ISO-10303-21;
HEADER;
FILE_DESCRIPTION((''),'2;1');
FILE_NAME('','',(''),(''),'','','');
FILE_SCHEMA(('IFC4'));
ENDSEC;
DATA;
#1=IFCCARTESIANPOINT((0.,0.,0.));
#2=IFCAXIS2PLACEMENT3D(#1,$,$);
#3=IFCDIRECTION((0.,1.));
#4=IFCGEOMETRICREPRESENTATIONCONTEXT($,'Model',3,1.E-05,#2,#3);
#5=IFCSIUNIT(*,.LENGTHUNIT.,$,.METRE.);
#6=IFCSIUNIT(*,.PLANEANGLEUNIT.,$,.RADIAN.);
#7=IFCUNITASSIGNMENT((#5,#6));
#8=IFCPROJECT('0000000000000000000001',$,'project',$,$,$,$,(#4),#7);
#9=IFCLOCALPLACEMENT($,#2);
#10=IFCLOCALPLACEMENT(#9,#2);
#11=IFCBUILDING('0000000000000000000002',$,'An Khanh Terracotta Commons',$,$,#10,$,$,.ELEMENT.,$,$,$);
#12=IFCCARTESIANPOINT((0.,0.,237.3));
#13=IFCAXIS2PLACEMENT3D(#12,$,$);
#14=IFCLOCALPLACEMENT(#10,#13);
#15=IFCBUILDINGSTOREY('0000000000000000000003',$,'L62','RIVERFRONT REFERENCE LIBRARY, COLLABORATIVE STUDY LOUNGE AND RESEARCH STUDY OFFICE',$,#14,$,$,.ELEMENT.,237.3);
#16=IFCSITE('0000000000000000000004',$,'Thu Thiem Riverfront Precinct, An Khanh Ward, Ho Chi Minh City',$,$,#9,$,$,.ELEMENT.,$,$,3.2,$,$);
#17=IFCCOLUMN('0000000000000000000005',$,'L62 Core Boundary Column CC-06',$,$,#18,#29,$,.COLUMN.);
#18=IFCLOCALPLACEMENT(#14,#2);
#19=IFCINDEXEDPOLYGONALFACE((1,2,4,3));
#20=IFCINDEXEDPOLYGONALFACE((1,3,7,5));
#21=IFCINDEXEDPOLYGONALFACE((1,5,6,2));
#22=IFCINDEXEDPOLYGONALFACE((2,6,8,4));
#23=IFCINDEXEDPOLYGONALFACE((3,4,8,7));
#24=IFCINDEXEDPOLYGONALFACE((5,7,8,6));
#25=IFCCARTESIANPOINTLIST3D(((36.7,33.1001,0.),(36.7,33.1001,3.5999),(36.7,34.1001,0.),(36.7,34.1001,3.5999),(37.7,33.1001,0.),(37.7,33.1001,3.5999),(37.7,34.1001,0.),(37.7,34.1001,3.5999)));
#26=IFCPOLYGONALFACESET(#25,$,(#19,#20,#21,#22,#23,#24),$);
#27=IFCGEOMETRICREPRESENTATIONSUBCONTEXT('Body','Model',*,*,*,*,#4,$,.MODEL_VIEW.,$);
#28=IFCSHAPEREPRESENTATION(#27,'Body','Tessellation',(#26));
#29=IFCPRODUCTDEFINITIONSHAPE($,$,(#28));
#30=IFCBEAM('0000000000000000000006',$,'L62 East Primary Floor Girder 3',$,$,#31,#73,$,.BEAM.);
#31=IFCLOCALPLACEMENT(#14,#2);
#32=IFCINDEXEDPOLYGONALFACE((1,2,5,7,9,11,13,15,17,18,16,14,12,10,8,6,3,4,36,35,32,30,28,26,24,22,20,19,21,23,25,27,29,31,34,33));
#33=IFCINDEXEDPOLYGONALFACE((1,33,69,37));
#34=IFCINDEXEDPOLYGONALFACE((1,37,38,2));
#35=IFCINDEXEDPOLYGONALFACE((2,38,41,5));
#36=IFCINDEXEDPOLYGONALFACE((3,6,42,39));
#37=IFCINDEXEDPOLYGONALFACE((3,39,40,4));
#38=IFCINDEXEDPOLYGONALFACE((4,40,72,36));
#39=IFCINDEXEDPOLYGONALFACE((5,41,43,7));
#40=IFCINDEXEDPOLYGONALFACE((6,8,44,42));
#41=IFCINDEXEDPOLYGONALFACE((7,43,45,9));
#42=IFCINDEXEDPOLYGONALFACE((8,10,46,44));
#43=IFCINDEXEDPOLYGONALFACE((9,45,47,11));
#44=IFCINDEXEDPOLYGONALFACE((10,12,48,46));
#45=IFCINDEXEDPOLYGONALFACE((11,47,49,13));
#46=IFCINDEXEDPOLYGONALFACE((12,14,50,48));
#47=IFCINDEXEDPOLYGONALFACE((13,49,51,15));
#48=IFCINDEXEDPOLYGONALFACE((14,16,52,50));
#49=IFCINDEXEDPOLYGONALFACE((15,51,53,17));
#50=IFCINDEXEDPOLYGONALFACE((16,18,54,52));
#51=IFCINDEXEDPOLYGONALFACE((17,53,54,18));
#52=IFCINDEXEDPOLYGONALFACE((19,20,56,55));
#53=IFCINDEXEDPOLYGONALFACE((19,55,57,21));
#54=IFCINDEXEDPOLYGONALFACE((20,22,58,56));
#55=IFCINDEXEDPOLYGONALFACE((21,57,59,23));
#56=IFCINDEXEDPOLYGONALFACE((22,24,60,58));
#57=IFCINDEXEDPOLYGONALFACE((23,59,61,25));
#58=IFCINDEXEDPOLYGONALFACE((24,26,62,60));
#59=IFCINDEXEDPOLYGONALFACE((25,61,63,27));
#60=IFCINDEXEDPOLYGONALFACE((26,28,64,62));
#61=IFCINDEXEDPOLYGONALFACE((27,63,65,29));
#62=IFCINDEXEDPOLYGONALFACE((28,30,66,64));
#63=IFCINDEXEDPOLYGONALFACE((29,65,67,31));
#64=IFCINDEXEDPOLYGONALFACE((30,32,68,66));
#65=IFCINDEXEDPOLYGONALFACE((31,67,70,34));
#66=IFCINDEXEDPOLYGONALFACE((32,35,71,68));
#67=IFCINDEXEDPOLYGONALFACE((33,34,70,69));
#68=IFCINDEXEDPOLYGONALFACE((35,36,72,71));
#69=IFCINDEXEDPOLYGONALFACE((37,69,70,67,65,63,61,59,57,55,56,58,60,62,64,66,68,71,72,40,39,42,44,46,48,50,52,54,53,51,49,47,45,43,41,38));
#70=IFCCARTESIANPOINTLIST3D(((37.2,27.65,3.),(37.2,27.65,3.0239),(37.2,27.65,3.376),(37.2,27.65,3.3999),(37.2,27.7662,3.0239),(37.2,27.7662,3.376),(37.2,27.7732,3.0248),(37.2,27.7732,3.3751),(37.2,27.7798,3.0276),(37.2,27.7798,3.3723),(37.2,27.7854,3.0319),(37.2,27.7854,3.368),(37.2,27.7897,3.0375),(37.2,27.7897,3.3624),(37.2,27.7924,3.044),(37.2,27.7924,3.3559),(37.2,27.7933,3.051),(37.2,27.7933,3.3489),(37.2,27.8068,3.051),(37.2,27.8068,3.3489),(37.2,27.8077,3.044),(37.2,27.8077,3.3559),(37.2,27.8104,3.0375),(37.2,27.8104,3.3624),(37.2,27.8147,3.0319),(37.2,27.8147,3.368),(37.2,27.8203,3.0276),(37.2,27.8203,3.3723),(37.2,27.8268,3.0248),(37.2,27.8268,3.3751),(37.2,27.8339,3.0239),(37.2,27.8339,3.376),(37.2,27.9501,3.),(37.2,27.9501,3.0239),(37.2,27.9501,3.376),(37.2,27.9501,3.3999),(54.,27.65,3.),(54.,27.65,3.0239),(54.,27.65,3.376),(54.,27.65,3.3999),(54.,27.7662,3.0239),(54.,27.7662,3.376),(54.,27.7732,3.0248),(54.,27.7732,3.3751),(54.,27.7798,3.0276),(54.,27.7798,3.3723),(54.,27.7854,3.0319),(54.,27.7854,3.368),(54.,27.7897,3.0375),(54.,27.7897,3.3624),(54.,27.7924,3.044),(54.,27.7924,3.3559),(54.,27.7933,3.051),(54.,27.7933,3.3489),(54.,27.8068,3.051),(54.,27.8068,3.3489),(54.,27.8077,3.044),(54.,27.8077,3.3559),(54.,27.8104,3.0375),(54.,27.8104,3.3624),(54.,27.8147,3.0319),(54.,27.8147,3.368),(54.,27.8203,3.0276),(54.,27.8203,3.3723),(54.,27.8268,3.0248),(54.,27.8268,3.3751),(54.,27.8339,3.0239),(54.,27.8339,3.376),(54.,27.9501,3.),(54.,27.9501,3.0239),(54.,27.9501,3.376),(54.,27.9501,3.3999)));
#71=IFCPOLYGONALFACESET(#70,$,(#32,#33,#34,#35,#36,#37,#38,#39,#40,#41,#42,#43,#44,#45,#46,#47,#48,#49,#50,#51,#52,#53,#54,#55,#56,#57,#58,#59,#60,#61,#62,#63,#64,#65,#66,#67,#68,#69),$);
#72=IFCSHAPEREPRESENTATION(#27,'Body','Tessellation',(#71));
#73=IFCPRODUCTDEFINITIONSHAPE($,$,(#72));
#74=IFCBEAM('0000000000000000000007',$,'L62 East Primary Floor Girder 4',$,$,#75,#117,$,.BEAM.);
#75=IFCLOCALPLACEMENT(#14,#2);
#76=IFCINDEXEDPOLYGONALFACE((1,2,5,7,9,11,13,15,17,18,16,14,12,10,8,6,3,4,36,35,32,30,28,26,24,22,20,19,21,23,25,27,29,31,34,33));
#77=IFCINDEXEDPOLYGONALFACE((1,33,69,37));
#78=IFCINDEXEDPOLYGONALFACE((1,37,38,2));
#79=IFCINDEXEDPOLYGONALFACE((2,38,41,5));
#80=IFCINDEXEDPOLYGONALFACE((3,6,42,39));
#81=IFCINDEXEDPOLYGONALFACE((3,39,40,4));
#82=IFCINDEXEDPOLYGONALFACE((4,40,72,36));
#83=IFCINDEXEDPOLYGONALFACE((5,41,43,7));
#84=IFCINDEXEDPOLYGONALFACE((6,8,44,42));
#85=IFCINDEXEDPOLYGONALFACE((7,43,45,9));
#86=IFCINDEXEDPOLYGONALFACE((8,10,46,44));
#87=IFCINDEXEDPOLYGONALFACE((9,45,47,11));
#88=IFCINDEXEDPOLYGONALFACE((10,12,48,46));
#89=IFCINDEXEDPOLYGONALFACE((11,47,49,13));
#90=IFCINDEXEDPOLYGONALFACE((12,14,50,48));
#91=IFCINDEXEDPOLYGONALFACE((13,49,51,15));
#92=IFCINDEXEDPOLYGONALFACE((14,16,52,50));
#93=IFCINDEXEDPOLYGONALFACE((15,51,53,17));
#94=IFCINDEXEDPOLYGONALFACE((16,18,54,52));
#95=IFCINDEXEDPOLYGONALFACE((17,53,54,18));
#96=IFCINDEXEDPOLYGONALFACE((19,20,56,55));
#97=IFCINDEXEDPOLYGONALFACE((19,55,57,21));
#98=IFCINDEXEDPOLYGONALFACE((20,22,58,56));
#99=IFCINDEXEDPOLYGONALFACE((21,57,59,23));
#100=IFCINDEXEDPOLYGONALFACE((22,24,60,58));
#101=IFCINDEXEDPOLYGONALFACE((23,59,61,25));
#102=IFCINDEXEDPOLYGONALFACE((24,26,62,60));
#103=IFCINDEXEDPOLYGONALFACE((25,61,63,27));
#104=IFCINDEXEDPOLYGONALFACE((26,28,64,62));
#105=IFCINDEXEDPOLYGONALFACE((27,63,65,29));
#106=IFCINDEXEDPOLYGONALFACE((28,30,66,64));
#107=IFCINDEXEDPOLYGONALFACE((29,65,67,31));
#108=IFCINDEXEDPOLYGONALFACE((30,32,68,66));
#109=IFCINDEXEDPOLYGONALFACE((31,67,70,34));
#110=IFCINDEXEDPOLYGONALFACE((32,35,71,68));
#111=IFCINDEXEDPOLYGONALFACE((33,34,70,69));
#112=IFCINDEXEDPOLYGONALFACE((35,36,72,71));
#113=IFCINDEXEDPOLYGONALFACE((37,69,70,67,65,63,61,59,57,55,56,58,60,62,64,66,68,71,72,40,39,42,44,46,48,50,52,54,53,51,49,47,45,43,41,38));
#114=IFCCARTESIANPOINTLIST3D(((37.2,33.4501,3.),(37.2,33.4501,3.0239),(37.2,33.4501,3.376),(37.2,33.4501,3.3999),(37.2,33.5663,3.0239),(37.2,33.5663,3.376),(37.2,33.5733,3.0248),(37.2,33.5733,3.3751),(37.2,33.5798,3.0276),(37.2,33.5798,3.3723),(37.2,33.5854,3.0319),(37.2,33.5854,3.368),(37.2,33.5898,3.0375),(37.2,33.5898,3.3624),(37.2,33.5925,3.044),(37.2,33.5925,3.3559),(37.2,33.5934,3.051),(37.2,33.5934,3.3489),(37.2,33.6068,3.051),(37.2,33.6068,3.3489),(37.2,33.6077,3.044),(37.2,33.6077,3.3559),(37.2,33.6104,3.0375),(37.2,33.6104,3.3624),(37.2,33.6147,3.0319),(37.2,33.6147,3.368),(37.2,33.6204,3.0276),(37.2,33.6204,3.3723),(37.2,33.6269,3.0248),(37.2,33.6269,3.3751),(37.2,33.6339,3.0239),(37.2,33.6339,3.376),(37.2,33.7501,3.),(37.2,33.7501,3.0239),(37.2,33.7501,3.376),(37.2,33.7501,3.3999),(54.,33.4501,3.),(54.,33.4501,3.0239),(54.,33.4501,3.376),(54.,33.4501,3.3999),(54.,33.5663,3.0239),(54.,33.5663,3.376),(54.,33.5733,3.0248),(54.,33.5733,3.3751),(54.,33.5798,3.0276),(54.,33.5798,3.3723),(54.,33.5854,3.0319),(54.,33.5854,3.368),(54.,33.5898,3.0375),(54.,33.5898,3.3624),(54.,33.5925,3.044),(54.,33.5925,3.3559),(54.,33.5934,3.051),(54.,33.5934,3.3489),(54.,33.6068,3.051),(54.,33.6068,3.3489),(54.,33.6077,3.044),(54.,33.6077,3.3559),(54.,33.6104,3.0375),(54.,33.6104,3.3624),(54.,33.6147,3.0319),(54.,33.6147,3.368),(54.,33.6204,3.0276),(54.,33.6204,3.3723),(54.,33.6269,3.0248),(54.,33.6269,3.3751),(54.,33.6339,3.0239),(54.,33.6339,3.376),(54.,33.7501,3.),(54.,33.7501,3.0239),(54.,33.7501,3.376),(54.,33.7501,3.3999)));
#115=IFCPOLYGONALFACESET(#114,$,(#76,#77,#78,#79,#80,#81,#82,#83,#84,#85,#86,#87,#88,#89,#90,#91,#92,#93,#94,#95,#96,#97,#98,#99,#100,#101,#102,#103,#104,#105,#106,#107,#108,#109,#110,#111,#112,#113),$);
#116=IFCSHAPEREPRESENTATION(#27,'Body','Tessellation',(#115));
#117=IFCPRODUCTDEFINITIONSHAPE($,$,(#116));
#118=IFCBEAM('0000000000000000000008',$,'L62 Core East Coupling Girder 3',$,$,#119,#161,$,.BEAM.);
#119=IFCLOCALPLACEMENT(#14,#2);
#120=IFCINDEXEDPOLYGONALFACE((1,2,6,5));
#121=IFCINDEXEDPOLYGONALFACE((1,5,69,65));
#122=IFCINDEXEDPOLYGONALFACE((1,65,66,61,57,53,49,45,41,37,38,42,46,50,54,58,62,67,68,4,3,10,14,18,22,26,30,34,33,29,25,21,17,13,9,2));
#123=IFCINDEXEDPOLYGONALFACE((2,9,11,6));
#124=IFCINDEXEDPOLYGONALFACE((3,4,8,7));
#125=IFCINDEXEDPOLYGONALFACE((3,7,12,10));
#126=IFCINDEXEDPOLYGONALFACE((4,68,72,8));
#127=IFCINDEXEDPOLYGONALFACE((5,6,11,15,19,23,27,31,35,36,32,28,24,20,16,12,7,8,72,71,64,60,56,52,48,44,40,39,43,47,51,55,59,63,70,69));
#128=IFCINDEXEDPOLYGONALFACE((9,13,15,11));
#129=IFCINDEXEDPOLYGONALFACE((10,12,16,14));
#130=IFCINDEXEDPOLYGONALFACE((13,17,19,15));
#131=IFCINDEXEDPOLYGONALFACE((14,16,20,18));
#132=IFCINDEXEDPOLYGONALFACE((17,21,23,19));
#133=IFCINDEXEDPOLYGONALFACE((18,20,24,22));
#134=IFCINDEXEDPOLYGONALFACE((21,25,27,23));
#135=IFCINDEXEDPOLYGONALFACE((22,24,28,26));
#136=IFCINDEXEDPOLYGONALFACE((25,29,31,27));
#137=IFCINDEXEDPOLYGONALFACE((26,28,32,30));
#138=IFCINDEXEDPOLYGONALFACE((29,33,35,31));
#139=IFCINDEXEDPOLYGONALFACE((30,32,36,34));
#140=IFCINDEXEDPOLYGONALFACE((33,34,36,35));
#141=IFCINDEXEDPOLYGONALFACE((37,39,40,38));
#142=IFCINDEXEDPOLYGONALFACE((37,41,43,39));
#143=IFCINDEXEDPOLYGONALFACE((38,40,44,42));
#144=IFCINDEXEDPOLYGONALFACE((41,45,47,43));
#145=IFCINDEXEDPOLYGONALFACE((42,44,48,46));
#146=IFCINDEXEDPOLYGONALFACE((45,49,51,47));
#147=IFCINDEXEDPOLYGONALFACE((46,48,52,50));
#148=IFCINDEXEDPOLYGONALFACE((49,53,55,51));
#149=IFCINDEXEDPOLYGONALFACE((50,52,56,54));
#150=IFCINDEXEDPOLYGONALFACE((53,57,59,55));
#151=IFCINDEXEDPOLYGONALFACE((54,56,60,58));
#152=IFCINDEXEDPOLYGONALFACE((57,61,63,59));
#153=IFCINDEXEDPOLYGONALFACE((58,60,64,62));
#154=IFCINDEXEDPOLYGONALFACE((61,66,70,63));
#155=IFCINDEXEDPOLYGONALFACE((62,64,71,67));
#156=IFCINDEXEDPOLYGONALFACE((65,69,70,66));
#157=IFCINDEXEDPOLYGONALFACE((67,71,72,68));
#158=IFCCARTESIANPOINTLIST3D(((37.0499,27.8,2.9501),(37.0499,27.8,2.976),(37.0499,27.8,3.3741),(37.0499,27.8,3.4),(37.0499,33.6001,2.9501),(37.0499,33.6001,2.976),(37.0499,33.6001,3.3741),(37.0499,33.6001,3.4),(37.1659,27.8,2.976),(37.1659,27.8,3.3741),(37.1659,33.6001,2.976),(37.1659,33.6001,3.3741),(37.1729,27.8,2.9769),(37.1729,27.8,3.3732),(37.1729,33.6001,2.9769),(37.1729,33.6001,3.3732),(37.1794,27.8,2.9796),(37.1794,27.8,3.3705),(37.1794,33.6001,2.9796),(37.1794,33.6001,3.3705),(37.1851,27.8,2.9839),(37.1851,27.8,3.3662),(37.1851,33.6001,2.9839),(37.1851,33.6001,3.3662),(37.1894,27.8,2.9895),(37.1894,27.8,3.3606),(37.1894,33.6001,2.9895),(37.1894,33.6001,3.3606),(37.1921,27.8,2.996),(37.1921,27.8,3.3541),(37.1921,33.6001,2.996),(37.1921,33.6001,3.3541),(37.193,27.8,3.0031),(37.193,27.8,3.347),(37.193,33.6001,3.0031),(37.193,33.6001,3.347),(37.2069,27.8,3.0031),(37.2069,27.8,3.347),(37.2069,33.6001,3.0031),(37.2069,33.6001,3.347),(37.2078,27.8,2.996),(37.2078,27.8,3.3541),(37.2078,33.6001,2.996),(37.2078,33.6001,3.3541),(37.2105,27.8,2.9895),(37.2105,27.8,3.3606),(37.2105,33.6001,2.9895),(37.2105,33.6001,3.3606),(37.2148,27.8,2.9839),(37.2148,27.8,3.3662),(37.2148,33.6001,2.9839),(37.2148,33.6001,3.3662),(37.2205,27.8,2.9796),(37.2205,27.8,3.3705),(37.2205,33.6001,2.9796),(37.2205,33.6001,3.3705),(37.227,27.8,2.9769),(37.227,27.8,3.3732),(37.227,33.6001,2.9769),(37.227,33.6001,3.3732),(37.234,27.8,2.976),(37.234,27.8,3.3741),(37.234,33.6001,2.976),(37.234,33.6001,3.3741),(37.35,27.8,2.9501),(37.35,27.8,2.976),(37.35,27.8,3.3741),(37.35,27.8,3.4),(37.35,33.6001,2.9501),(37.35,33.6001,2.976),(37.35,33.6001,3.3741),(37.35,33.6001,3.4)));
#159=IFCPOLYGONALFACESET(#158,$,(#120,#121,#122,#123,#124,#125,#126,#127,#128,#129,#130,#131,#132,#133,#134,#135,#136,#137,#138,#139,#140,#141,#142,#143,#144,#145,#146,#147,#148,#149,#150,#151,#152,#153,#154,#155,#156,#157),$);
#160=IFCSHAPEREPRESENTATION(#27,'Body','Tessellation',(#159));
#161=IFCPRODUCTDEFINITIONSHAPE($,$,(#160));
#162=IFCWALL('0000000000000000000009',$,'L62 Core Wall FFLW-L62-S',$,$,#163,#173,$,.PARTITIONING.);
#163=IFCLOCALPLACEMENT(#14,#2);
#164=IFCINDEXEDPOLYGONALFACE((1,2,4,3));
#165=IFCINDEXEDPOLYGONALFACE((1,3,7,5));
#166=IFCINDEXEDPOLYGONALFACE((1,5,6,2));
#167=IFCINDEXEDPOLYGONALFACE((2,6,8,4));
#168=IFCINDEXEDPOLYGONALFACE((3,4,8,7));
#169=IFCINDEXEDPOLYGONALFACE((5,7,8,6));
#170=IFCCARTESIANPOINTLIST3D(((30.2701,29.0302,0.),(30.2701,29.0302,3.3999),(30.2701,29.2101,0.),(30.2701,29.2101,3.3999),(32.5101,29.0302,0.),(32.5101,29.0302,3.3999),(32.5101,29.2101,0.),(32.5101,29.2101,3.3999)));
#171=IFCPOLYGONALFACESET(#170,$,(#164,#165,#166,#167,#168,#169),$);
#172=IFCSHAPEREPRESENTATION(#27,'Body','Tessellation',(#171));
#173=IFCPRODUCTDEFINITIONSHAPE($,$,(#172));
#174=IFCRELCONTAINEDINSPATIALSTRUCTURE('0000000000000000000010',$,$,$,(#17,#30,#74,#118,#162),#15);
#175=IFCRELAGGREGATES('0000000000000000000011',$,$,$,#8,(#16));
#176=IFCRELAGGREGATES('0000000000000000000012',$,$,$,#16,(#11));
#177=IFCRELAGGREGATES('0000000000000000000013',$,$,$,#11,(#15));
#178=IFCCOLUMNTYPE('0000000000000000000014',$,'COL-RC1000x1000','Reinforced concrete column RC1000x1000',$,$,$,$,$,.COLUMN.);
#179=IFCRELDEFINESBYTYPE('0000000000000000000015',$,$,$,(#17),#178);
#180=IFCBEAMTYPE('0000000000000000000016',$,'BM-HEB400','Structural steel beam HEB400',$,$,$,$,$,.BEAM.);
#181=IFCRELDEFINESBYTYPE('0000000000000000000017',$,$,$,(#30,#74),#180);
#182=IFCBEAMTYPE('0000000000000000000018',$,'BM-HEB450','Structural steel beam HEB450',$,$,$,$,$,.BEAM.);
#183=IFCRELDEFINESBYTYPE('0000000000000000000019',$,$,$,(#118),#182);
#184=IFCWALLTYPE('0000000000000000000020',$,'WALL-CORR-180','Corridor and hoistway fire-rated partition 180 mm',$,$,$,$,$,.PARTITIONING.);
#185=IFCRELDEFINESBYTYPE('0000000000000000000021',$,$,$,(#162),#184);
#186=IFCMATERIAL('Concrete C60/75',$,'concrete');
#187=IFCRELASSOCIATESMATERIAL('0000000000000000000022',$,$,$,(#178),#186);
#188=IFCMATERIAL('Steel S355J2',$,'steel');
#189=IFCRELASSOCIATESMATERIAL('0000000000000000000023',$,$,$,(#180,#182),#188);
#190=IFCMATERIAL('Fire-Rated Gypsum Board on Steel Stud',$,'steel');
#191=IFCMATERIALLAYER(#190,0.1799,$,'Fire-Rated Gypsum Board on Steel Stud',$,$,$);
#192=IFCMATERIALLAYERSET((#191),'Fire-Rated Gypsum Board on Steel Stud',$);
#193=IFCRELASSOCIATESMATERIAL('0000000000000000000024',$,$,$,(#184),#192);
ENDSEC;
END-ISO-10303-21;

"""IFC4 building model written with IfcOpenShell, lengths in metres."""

from ifc_helpers import new_model, si_unit, direction, frame, frame_2d, origin, origin_2d, place, context, subcontext, project, spatial, rectangle, i_section, extrude, material, layer, layer_set, material_profile, profile_set, type_object, element, save


model = new_model("IFC4")

# Units and contexts
model_context = context("Model", 3, precision=1e-05, world=origin(), true_north=direction((0.0, 1.0)))
body_context = subcontext(model_context, "Body", "Model", "MODEL_VIEW")
ifc_project = project(units=[si_unit("LENGTHUNIT", "METRE"), si_unit("PLANEANGLEUNIT", "RADIAN")], contexts=[model_context])

# Site, building, storey
site_placement = place(None, origin())
site = spatial("IfcSite", under=ifc_project, at=site_placement, Name="Thu Thiem Riverfront Precinct, An Khanh Ward, Ho Chi Minh City", CompositionType="ELEMENT", RefElevation=3.2)
building_placement = place(site_placement, origin())
building = spatial("IfcBuilding", under=site, at=building_placement, Name="An Khanh Terracotta Commons", CompositionType="ELEMENT")
storey_placement = place(building_placement, frame((0.0, 0.0, 237.3)))
storey = spatial("IfcBuildingStorey", under=building, at=storey_placement, Name="L62", Description="RIVERFRONT REFERENCE LIBRARY, COLLABORATIVE STUDY LOUNGE AND RESEARCH STUDY OFFICE", CompositionType="ELEMENT", Elevation=237.3)

# Column
ifc_material_1 = material(Name="Concrete C60/75", Category="concrete")
ifc_material_profile_1 = material_profile(ifc_material_1, rectangle(XDim=1.0, YDim=1.0, at=origin_2d()), Name="RC1000x1000")
ifc_profile_set_1 = profile_set([ifc_material_profile_1], Name="Concrete C60/75")
column_type = type_object("IfcColumnType", Name="COL-RC1000x1000", Description="Reinforced concrete column RC1000x1000", PredefinedType="COLUMN", material=ifc_profile_set_1)
column_placement = place(storey_placement, frame((37.2, 33.6001, 0.0), z_axis=(0.0, 0.0, 1.0), x_axis=(1.0, 0.0, 0.0)))
element("IfcColumn", 1, at=column_placement, inside=storey, type_object=column_type, Name="L62 Core Boundary Column CC-06", PredefinedType="COLUMN", context=body_context, shape_type="SweptSolid", body=[
    extrude(rectangle(XDim=1.0, YDim=1.0, at=origin_2d()), origin(), (0.0, 0.0, 1.0), 3.5999),
])

# Beams
ifc_material_2 = material(Name="Steel S355J2", Category="steel")
ifc_material_profile_2 = material_profile(ifc_material_2, i_section(OverallWidth=0.3, OverallDepth=0.3999, WebThickness=0.0134, FlangeThickness=0.0239, FilletRadius=0.0271, at=origin_2d()), Name="HEB400")
ifc_profile_set_2 = profile_set([ifc_material_profile_2], Name="Steel S355J2")
beam_type_1 = type_object("IfcBeamType", Name="BM-HEB400", Description="Structural steel beam HEB400", PredefinedType="BEAM", material=ifc_profile_set_2)
for number, where, z_axis, x_axis, name in (
    (2, (37.2, 27.8, 3.2), (1.0, 0.0, 0.0), (0.0, 1.0, 0.0), "L62 East Primary Floor Girder 3"),
    (3, (37.2, 33.6001, 3.2), (1.0, 0.0, 0.0), (0.0, 1.0, 0.0), "L62 East Primary Floor Girder 4"),
):
    element("IfcBeam", number, at=place(storey_placement, frame(where, z_axis=z_axis, x_axis=x_axis)), inside=storey, type_object=beam_type_1, Name=name, PredefinedType="BEAM", context=body_context, shape_type="SweptSolid", body=[
        extrude(i_section(OverallWidth=0.3, OverallDepth=0.3999, WebThickness=0.0134, FlangeThickness=0.0239, FilletRadius=0.0271, at=origin_2d()), origin(), (0.0, 0.0, 1.0), 16.8),
    ])
ifc_material_profile_3 = material_profile(ifc_material_2, i_section(OverallWidth=0.3, OverallDepth=0.45, WebThickness=0.0139, FlangeThickness=0.0259, FilletRadius=0.0271, at=origin_2d()), Name="HEB450")
ifc_profile_set_3 = profile_set([ifc_material_profile_3], Name="Steel S355J2")
beam_type_2 = type_object("IfcBeamType", Name="BM-HEB450", Description="Structural steel beam HEB450", PredefinedType="BEAM", material=ifc_profile_set_3)
beam_placement = place(storey_placement, frame((37.2, 27.8, 3.175), z_axis=(0.0, 1.0, 0.0), x_axis=(-1.0, 0.0, 0.0)))
element("IfcBeam", 4, at=beam_placement, inside=storey, type_object=beam_type_2, Name="L62 Core East Coupling Girder 3", PredefinedType="BEAM", context=body_context, shape_type="SweptSolid", body=[
    extrude(i_section(OverallWidth=0.3, OverallDepth=0.45, WebThickness=0.0139, FlangeThickness=0.0259, FilletRadius=0.0271, at=origin_2d()), origin(), (0.0, 0.0, 1.0), 5.8),
])

# Wall
ifc_material_3 = material(Name="Fire-Rated Gypsum Board on Steel Stud", Category="steel")
ifc_layer_1 = layer(ifc_material_3, 0.1799, Name="Fire-Rated Gypsum Board on Steel Stud")
ifc_layer_set_1 = layer_set([ifc_layer_1], Name="Fire-Rated Gypsum Board on Steel Stud")
wall_type_1 = type_object("IfcWallType", Name="WALL-CORR-180", Description="Corridor and hoistway fire-rated partition 180 mm", PredefinedType="PARTITIONING", material=ifc_layer_set_1)
wall_1_placement = place(storey_placement, frame((30.27, 29.1201, 0.0), z_axis=(0.0, 0.0, 1.0), x_axis=(1.0, 0.0, 0.0)))
element("IfcWall", 5, at=wall_1_placement, inside=storey, type_object=wall_type_1, Name="L62 Core Wall FFLW-L62-S", PredefinedType="PARTITIONING", context=body_context, shape_type="SweptSolid", body=[
    extrude(rectangle(XDim=2.24, YDim=0.1799, at=frame_2d((1.1201, 0.0))), origin(), (0.0, 0.0, 1.0), 3.3999),
])

save(model, "model.ifc")
